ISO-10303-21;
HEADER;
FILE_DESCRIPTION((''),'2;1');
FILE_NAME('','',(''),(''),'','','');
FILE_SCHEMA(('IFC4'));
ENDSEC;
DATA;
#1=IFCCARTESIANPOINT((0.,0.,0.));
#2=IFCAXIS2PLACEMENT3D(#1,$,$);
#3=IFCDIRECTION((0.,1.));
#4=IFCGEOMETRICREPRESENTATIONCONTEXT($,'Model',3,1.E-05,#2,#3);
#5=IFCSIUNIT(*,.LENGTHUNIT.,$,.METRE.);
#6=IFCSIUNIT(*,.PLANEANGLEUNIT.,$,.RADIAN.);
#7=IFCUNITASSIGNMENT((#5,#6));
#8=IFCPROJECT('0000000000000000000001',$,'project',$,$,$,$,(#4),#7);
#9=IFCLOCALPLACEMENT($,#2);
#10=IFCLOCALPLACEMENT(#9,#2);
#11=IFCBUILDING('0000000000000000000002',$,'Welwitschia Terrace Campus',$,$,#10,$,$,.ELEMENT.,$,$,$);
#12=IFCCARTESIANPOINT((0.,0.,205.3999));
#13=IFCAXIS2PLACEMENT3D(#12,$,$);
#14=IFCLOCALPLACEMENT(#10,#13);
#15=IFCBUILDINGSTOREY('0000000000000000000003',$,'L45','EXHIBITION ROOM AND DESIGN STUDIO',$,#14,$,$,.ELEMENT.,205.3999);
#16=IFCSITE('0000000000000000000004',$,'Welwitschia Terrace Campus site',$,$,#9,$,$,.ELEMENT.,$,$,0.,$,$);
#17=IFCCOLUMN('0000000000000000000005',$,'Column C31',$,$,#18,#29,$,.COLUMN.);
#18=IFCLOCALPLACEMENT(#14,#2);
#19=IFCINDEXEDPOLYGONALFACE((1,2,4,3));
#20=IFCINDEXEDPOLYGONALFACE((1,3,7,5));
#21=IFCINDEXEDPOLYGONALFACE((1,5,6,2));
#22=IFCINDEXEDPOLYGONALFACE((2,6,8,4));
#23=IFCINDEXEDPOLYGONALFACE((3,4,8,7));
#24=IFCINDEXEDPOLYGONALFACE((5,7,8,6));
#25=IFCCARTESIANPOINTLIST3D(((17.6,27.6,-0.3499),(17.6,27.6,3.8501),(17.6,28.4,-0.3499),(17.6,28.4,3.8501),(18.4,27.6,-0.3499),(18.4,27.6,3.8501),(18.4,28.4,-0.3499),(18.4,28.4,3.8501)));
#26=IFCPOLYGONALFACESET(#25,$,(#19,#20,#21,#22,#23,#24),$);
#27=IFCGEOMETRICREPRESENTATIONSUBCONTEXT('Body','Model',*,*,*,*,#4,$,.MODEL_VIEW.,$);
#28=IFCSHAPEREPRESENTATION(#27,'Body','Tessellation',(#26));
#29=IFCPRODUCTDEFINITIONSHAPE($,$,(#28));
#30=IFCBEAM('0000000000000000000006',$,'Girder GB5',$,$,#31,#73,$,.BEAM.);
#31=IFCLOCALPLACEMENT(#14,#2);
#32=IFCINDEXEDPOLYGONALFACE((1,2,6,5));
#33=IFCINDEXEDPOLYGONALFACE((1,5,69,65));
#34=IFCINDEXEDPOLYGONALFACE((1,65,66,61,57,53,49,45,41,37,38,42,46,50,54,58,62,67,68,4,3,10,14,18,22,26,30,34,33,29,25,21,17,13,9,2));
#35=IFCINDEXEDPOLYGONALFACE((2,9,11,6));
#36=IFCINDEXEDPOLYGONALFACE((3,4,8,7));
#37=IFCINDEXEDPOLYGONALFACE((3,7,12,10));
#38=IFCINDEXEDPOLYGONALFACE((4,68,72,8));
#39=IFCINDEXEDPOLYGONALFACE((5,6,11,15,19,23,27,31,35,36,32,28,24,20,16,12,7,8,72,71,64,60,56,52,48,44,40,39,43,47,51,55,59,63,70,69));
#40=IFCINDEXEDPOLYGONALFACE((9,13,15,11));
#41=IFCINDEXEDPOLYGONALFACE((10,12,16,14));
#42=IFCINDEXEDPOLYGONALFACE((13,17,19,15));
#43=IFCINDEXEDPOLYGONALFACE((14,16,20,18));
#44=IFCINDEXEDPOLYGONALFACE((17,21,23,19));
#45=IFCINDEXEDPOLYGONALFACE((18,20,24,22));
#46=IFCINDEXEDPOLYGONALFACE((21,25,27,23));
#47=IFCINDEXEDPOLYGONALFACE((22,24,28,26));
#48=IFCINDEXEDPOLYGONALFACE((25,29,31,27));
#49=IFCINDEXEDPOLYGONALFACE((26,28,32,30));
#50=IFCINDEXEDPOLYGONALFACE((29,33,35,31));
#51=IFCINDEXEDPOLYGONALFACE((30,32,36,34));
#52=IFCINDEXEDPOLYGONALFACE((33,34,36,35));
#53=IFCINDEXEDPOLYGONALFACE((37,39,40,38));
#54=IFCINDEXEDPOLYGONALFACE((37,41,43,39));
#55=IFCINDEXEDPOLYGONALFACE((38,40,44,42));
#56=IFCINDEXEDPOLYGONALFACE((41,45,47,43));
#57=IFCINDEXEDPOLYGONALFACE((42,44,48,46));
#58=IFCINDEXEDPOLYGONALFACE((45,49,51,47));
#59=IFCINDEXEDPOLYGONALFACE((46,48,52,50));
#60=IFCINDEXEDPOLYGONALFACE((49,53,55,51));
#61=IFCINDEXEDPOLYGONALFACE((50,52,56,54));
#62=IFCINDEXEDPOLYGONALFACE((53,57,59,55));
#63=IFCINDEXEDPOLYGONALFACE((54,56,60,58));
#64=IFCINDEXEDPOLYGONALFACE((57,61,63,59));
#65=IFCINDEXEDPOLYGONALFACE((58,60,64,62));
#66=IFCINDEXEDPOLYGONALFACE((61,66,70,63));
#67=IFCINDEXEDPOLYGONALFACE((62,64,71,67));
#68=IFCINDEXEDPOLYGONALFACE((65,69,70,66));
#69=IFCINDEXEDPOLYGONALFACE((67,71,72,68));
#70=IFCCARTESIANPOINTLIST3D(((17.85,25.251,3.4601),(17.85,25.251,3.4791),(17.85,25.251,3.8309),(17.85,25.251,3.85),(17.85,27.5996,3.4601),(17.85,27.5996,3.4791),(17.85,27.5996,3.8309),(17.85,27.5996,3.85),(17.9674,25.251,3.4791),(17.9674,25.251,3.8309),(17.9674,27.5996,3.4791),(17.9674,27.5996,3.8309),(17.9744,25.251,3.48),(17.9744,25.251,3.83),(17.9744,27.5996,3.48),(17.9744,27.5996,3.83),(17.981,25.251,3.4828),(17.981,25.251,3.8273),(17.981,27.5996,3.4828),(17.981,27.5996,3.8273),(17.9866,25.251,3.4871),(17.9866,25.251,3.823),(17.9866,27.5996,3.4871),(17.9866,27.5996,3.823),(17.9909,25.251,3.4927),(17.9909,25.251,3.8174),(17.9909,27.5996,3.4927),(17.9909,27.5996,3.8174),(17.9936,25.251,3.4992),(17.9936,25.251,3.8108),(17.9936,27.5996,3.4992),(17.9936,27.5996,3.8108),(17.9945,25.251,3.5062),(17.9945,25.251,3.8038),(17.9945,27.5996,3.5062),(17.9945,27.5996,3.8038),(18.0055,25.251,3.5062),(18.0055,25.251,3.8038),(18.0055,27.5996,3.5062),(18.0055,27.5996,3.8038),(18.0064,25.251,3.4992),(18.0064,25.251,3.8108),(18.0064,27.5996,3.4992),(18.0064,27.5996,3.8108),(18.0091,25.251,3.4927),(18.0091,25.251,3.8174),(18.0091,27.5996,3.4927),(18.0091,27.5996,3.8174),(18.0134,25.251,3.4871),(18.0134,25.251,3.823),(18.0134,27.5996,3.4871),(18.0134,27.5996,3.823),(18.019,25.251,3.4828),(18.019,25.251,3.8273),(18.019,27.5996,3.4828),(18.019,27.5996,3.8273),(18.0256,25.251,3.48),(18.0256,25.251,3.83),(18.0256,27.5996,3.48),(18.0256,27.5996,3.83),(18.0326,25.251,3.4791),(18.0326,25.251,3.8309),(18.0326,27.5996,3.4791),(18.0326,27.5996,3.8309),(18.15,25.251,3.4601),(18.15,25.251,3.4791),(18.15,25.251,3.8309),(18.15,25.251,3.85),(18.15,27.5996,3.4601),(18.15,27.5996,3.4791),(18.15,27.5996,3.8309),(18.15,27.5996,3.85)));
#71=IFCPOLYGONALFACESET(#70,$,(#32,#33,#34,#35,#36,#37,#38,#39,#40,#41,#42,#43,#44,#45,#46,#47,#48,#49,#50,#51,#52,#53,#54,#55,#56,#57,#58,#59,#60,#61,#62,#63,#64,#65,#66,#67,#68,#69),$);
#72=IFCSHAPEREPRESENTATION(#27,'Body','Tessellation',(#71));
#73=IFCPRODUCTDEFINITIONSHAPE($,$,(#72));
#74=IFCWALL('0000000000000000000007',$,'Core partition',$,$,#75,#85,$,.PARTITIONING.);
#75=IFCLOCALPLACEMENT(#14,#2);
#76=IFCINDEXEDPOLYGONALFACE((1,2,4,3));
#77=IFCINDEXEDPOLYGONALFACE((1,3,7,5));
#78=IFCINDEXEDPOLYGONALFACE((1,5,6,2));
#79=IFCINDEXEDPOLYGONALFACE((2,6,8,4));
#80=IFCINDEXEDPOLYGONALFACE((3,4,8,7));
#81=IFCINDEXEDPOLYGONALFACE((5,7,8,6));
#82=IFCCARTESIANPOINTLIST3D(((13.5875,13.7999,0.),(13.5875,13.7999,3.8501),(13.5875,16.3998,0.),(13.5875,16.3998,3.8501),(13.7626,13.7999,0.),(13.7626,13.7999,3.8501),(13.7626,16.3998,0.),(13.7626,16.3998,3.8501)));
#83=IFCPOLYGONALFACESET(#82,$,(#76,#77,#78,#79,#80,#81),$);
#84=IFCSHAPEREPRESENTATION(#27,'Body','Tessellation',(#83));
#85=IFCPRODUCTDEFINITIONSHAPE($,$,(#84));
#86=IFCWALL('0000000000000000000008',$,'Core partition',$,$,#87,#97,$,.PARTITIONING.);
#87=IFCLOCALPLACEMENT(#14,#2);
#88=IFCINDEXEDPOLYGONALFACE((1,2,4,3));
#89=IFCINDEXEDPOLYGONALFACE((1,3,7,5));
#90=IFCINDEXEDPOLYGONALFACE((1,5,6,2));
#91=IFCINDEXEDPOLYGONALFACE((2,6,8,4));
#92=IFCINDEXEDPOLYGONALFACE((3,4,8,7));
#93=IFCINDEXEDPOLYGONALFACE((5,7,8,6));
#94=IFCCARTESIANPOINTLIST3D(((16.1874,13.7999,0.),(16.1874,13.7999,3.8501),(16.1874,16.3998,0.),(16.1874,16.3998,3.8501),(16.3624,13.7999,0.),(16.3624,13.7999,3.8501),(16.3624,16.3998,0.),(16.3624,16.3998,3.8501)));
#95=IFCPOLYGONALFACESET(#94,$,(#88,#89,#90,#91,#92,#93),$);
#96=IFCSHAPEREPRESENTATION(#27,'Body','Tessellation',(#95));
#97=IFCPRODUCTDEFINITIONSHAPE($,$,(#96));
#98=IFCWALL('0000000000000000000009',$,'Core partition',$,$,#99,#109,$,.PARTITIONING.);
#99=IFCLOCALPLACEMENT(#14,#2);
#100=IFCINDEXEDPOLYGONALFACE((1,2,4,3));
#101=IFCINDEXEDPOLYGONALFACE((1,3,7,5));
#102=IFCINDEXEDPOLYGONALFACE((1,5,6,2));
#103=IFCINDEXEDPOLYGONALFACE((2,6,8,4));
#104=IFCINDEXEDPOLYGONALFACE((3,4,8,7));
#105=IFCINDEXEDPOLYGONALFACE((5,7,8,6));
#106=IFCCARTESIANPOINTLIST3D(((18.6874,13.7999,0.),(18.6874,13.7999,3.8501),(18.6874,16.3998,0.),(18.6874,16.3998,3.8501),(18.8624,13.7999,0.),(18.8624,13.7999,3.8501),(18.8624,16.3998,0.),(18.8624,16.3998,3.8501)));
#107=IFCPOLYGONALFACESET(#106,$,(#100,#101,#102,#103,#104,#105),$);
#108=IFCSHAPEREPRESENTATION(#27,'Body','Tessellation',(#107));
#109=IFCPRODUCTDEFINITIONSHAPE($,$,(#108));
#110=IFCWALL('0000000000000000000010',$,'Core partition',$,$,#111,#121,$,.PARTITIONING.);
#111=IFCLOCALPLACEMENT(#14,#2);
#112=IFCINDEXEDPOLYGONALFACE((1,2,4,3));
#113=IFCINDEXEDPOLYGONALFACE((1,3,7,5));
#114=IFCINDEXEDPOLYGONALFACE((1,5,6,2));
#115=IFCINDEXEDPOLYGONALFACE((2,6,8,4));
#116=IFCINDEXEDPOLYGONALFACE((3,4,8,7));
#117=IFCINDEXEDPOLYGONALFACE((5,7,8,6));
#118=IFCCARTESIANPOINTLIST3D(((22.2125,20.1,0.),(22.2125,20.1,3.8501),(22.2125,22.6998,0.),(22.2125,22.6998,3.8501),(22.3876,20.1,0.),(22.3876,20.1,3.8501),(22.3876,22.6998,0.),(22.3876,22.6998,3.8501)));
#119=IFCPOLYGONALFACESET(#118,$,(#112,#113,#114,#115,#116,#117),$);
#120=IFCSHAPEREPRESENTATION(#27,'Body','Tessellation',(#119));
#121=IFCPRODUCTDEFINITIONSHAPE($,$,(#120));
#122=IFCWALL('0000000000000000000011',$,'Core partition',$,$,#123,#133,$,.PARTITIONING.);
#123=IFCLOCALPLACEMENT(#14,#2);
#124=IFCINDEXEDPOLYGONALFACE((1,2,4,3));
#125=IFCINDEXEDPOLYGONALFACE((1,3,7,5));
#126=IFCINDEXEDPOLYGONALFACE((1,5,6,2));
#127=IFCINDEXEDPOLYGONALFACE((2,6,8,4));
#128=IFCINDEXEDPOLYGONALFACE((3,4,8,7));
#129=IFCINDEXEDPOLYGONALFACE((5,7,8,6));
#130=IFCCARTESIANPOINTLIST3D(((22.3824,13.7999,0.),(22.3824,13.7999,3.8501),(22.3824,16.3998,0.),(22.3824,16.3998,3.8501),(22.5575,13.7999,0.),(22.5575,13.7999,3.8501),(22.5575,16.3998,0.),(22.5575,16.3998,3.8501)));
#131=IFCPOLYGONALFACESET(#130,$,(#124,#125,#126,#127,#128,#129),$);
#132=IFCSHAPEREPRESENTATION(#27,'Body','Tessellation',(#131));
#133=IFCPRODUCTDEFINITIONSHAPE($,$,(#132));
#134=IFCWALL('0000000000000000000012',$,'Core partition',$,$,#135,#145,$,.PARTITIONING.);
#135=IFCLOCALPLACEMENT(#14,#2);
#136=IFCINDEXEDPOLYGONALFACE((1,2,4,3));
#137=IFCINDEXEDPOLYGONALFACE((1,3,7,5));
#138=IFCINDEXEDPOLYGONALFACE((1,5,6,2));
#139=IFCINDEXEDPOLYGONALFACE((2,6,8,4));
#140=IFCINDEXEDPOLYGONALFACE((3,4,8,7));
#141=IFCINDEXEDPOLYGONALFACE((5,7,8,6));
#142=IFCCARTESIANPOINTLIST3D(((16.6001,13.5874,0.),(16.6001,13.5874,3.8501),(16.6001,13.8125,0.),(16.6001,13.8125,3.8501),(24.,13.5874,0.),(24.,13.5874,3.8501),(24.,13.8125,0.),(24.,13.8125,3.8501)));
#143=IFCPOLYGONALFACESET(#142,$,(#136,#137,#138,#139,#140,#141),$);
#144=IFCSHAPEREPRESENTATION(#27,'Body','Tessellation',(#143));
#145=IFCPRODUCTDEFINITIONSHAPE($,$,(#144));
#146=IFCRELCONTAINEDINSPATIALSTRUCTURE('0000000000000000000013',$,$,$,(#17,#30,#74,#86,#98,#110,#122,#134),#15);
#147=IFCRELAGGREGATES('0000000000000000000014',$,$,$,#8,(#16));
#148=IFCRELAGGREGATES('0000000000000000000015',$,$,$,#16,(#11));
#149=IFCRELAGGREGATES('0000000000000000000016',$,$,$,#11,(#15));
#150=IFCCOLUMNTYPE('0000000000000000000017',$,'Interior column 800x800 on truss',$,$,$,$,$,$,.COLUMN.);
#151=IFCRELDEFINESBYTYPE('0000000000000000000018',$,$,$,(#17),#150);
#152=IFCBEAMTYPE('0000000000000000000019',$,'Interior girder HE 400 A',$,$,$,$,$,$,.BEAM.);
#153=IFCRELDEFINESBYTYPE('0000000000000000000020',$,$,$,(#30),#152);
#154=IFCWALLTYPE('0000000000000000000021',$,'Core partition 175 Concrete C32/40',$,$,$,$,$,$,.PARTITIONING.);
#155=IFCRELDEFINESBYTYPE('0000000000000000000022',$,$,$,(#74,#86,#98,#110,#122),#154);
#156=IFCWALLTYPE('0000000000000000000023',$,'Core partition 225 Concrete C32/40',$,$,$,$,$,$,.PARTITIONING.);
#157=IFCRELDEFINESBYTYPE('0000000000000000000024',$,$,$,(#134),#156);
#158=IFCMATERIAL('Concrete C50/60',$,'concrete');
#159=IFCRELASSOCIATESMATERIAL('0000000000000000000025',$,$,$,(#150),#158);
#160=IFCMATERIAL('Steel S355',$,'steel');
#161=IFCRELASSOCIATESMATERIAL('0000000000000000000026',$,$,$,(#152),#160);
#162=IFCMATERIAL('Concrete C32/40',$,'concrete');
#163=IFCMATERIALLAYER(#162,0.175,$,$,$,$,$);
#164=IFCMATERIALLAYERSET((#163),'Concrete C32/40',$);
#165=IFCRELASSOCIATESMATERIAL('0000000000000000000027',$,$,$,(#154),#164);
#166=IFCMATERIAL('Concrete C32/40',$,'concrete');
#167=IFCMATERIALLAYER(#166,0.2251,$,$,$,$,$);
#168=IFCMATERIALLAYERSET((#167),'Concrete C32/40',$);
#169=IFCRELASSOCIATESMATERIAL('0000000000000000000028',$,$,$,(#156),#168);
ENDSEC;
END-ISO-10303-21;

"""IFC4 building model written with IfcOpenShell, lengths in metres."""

from ifc_helpers import new_model, si_unit, direction, frame, frame_2d, origin, origin_2d, place, context, subcontext, project, spatial, rectangle, i_section, extrude, material, layer, layer_set, material_profile, profile_set, type_object, element, save


model = new_model("IFC4")

# Units and contexts
model_context = context("Model", 3, precision=1e-05, world=origin(), true_north=direction((0.0, 1.0)))
body_context = subcontext(model_context, "Body", "Model", "MODEL_VIEW")
ifc_project = project(units=[si_unit("LENGTHUNIT", "METRE"), si_unit("PLANEANGLEUNIT", "RADIAN")], contexts=[model_context])

# Site, building, storey
site_placement = place(None, origin())
site = spatial("IfcSite", under=ifc_project, at=site_placement, Name="Welwitschia Terrace Campus site", CompositionType="ELEMENT", RefElevation=0.0)
building_placement = place(site_placement, origin())
building = spatial("IfcBuilding", under=site, at=building_placement, Name="Welwitschia Terrace Campus", CompositionType="ELEMENT")
storey_placement = place(building_placement, frame((0.0, 0.0, 205.3999)))
storey = spatial("IfcBuildingStorey", under=building, at=storey_placement, Name="L45", Description="EXHIBITION ROOM AND DESIGN STUDIO", CompositionType="ELEMENT", Elevation=205.3999)

# Column
ifc_material_1 = material(Name="Concrete C50/60", Category="concrete")
ifc_material_profile_1 = material_profile(ifc_material_1, rectangle(XDim=0.8, YDim=0.8, at=origin_2d()))
ifc_profile_set_1 = profile_set([ifc_material_profile_1], Name="Concrete C50/60")
column_type = type_object("IfcColumnType", Name="Interior column 800x800 on truss", PredefinedType="COLUMN", material=ifc_profile_set_1)
column_placement = place(storey_placement, frame((18.0, 28.0, -0.3499), z_axis=(0.0, 0.0, 1.0), x_axis=(1.0, 0.0, 0.0)))
element("IfcColumn", 1, at=column_placement, inside=storey, type_object=column_type, Name="Column C31", PredefinedType="COLUMN", context=body_context, shape_type="SweptSolid", body=[
    extrude(rectangle(XDim=0.8, YDim=0.8, at=origin_2d()), origin(), (0.0, 0.0, 1.0), 4.2),
])

# Beam
ifc_material_2 = material(Name="Steel S355", Category="steel")
ifc_material_profile_2 = material_profile(ifc_material_2, i_section(OverallWidth=0.3, OverallDepth=0.3899, WebThickness=0.011, FlangeThickness=0.019, FilletRadius=0.0271, at=origin_2d()))
ifc_profile_set_2 = profile_set([ifc_material_profile_2], Name="Steel S355")
beam_type = type_object("IfcBeamType", Name="Interior girder HE 400 A", PredefinedType="BEAM", material=ifc_profile_set_2)
beam_placement = place(storey_placement, frame((18.0, 25.251, 3.655), z_axis=(0.0, 1.0, 0.0), x_axis=(-1.0, 0.0, 0.0)))
element("IfcBeam", 2, at=beam_placement, inside=storey, type_object=beam_type, Name="Girder GB5", PredefinedType="BEAM", context=body_context, shape_type="SweptSolid", body=[
    extrude(i_section(OverallWidth=0.3, OverallDepth=0.3899, WebThickness=0.011, FlangeThickness=0.019, FilletRadius=0.0271, at=origin_2d()), origin(), (0.0, 0.0, 1.0), 2.3486),
])

# Walls
ifc_material_3 = material(Name="Concrete C32/40", Category="concrete")
ifc_layer_1 = layer(ifc_material_3, 0.175)
ifc_layer_set_1 = layer_set([ifc_layer_1], Name="Concrete C32/40")
wall_type_1 = type_object("IfcWallType", Name="Core partition 175 Concrete C32/40", PredefinedType="PARTITIONING", material=ifc_layer_set_1)
for number, where, z_axis, x_axis, name in (
    (3, (13.675, 13.8, 0.0), (0.0, 0.0, 1.0), (0.0, 1.0, 0.0), "Core partition"),
    (4, (16.2749, 13.8, 0.0), (0.0, 0.0, 1.0), (0.0, 1.0, 0.0), "Core partition"),
    (5, (18.7749, 13.8, 0.0), (0.0, 0.0, 1.0), (0.0, 1.0, 0.0), "Core partition"),
    (6, (22.3, 20.1001, 0.0), (0.0, 0.0, 1.0), (0.0, 1.0, 0.0), "Core partition"),
    (7, (22.47, 13.8, 0.0), (0.0, 0.0, 1.0), (0.0, 1.0, 0.0), "Core partition"),
):
    element("IfcWall", number, at=place(storey_placement, frame(where, z_axis=z_axis, x_axis=x_axis)), inside=storey, type_object=wall_type_1, Name=name, PredefinedType="PARTITIONING", context=body_context, shape_type="SweptSolid", body=[
        extrude(rectangle(XDim=2.5999, YDim=0.175, at=frame_2d((1.2998, 0.0))), origin(), (0.0, 0.0, 1.0), 3.8501),
    ])
ifc_material_4 = material(Name="Concrete C32/40", Category="concrete")
ifc_layer_2 = layer(ifc_material_4, 0.2251)
ifc_layer_set_2 = layer_set([ifc_layer_2], Name="Concrete C32/40")
wall_type_2 = type_object("IfcWallType", Name="Core partition 225 Concrete C32/40", PredefinedType="PARTITIONING", material=ifc_layer_set_2)
wall_1_placement = place(storey_placement, frame((16.6001, 13.7, 0.0), z_axis=(0.0, 0.0, 1.0), x_axis=(1.0, 0.0, 0.0)))
element("IfcWall", 8, at=wall_1_placement, inside=storey, type_object=wall_type_2, Name="Core partition", PredefinedType="PARTITIONING", context=body_context, shape_type="SweptSolid", body=[
    extrude(rectangle(XDim=7.3999, YDim=0.2251, at=frame_2d((3.7, 0.0))), origin(), (0.0, 0.0, 1.0), 3.8501),
])

save(model, "model.ifc")
